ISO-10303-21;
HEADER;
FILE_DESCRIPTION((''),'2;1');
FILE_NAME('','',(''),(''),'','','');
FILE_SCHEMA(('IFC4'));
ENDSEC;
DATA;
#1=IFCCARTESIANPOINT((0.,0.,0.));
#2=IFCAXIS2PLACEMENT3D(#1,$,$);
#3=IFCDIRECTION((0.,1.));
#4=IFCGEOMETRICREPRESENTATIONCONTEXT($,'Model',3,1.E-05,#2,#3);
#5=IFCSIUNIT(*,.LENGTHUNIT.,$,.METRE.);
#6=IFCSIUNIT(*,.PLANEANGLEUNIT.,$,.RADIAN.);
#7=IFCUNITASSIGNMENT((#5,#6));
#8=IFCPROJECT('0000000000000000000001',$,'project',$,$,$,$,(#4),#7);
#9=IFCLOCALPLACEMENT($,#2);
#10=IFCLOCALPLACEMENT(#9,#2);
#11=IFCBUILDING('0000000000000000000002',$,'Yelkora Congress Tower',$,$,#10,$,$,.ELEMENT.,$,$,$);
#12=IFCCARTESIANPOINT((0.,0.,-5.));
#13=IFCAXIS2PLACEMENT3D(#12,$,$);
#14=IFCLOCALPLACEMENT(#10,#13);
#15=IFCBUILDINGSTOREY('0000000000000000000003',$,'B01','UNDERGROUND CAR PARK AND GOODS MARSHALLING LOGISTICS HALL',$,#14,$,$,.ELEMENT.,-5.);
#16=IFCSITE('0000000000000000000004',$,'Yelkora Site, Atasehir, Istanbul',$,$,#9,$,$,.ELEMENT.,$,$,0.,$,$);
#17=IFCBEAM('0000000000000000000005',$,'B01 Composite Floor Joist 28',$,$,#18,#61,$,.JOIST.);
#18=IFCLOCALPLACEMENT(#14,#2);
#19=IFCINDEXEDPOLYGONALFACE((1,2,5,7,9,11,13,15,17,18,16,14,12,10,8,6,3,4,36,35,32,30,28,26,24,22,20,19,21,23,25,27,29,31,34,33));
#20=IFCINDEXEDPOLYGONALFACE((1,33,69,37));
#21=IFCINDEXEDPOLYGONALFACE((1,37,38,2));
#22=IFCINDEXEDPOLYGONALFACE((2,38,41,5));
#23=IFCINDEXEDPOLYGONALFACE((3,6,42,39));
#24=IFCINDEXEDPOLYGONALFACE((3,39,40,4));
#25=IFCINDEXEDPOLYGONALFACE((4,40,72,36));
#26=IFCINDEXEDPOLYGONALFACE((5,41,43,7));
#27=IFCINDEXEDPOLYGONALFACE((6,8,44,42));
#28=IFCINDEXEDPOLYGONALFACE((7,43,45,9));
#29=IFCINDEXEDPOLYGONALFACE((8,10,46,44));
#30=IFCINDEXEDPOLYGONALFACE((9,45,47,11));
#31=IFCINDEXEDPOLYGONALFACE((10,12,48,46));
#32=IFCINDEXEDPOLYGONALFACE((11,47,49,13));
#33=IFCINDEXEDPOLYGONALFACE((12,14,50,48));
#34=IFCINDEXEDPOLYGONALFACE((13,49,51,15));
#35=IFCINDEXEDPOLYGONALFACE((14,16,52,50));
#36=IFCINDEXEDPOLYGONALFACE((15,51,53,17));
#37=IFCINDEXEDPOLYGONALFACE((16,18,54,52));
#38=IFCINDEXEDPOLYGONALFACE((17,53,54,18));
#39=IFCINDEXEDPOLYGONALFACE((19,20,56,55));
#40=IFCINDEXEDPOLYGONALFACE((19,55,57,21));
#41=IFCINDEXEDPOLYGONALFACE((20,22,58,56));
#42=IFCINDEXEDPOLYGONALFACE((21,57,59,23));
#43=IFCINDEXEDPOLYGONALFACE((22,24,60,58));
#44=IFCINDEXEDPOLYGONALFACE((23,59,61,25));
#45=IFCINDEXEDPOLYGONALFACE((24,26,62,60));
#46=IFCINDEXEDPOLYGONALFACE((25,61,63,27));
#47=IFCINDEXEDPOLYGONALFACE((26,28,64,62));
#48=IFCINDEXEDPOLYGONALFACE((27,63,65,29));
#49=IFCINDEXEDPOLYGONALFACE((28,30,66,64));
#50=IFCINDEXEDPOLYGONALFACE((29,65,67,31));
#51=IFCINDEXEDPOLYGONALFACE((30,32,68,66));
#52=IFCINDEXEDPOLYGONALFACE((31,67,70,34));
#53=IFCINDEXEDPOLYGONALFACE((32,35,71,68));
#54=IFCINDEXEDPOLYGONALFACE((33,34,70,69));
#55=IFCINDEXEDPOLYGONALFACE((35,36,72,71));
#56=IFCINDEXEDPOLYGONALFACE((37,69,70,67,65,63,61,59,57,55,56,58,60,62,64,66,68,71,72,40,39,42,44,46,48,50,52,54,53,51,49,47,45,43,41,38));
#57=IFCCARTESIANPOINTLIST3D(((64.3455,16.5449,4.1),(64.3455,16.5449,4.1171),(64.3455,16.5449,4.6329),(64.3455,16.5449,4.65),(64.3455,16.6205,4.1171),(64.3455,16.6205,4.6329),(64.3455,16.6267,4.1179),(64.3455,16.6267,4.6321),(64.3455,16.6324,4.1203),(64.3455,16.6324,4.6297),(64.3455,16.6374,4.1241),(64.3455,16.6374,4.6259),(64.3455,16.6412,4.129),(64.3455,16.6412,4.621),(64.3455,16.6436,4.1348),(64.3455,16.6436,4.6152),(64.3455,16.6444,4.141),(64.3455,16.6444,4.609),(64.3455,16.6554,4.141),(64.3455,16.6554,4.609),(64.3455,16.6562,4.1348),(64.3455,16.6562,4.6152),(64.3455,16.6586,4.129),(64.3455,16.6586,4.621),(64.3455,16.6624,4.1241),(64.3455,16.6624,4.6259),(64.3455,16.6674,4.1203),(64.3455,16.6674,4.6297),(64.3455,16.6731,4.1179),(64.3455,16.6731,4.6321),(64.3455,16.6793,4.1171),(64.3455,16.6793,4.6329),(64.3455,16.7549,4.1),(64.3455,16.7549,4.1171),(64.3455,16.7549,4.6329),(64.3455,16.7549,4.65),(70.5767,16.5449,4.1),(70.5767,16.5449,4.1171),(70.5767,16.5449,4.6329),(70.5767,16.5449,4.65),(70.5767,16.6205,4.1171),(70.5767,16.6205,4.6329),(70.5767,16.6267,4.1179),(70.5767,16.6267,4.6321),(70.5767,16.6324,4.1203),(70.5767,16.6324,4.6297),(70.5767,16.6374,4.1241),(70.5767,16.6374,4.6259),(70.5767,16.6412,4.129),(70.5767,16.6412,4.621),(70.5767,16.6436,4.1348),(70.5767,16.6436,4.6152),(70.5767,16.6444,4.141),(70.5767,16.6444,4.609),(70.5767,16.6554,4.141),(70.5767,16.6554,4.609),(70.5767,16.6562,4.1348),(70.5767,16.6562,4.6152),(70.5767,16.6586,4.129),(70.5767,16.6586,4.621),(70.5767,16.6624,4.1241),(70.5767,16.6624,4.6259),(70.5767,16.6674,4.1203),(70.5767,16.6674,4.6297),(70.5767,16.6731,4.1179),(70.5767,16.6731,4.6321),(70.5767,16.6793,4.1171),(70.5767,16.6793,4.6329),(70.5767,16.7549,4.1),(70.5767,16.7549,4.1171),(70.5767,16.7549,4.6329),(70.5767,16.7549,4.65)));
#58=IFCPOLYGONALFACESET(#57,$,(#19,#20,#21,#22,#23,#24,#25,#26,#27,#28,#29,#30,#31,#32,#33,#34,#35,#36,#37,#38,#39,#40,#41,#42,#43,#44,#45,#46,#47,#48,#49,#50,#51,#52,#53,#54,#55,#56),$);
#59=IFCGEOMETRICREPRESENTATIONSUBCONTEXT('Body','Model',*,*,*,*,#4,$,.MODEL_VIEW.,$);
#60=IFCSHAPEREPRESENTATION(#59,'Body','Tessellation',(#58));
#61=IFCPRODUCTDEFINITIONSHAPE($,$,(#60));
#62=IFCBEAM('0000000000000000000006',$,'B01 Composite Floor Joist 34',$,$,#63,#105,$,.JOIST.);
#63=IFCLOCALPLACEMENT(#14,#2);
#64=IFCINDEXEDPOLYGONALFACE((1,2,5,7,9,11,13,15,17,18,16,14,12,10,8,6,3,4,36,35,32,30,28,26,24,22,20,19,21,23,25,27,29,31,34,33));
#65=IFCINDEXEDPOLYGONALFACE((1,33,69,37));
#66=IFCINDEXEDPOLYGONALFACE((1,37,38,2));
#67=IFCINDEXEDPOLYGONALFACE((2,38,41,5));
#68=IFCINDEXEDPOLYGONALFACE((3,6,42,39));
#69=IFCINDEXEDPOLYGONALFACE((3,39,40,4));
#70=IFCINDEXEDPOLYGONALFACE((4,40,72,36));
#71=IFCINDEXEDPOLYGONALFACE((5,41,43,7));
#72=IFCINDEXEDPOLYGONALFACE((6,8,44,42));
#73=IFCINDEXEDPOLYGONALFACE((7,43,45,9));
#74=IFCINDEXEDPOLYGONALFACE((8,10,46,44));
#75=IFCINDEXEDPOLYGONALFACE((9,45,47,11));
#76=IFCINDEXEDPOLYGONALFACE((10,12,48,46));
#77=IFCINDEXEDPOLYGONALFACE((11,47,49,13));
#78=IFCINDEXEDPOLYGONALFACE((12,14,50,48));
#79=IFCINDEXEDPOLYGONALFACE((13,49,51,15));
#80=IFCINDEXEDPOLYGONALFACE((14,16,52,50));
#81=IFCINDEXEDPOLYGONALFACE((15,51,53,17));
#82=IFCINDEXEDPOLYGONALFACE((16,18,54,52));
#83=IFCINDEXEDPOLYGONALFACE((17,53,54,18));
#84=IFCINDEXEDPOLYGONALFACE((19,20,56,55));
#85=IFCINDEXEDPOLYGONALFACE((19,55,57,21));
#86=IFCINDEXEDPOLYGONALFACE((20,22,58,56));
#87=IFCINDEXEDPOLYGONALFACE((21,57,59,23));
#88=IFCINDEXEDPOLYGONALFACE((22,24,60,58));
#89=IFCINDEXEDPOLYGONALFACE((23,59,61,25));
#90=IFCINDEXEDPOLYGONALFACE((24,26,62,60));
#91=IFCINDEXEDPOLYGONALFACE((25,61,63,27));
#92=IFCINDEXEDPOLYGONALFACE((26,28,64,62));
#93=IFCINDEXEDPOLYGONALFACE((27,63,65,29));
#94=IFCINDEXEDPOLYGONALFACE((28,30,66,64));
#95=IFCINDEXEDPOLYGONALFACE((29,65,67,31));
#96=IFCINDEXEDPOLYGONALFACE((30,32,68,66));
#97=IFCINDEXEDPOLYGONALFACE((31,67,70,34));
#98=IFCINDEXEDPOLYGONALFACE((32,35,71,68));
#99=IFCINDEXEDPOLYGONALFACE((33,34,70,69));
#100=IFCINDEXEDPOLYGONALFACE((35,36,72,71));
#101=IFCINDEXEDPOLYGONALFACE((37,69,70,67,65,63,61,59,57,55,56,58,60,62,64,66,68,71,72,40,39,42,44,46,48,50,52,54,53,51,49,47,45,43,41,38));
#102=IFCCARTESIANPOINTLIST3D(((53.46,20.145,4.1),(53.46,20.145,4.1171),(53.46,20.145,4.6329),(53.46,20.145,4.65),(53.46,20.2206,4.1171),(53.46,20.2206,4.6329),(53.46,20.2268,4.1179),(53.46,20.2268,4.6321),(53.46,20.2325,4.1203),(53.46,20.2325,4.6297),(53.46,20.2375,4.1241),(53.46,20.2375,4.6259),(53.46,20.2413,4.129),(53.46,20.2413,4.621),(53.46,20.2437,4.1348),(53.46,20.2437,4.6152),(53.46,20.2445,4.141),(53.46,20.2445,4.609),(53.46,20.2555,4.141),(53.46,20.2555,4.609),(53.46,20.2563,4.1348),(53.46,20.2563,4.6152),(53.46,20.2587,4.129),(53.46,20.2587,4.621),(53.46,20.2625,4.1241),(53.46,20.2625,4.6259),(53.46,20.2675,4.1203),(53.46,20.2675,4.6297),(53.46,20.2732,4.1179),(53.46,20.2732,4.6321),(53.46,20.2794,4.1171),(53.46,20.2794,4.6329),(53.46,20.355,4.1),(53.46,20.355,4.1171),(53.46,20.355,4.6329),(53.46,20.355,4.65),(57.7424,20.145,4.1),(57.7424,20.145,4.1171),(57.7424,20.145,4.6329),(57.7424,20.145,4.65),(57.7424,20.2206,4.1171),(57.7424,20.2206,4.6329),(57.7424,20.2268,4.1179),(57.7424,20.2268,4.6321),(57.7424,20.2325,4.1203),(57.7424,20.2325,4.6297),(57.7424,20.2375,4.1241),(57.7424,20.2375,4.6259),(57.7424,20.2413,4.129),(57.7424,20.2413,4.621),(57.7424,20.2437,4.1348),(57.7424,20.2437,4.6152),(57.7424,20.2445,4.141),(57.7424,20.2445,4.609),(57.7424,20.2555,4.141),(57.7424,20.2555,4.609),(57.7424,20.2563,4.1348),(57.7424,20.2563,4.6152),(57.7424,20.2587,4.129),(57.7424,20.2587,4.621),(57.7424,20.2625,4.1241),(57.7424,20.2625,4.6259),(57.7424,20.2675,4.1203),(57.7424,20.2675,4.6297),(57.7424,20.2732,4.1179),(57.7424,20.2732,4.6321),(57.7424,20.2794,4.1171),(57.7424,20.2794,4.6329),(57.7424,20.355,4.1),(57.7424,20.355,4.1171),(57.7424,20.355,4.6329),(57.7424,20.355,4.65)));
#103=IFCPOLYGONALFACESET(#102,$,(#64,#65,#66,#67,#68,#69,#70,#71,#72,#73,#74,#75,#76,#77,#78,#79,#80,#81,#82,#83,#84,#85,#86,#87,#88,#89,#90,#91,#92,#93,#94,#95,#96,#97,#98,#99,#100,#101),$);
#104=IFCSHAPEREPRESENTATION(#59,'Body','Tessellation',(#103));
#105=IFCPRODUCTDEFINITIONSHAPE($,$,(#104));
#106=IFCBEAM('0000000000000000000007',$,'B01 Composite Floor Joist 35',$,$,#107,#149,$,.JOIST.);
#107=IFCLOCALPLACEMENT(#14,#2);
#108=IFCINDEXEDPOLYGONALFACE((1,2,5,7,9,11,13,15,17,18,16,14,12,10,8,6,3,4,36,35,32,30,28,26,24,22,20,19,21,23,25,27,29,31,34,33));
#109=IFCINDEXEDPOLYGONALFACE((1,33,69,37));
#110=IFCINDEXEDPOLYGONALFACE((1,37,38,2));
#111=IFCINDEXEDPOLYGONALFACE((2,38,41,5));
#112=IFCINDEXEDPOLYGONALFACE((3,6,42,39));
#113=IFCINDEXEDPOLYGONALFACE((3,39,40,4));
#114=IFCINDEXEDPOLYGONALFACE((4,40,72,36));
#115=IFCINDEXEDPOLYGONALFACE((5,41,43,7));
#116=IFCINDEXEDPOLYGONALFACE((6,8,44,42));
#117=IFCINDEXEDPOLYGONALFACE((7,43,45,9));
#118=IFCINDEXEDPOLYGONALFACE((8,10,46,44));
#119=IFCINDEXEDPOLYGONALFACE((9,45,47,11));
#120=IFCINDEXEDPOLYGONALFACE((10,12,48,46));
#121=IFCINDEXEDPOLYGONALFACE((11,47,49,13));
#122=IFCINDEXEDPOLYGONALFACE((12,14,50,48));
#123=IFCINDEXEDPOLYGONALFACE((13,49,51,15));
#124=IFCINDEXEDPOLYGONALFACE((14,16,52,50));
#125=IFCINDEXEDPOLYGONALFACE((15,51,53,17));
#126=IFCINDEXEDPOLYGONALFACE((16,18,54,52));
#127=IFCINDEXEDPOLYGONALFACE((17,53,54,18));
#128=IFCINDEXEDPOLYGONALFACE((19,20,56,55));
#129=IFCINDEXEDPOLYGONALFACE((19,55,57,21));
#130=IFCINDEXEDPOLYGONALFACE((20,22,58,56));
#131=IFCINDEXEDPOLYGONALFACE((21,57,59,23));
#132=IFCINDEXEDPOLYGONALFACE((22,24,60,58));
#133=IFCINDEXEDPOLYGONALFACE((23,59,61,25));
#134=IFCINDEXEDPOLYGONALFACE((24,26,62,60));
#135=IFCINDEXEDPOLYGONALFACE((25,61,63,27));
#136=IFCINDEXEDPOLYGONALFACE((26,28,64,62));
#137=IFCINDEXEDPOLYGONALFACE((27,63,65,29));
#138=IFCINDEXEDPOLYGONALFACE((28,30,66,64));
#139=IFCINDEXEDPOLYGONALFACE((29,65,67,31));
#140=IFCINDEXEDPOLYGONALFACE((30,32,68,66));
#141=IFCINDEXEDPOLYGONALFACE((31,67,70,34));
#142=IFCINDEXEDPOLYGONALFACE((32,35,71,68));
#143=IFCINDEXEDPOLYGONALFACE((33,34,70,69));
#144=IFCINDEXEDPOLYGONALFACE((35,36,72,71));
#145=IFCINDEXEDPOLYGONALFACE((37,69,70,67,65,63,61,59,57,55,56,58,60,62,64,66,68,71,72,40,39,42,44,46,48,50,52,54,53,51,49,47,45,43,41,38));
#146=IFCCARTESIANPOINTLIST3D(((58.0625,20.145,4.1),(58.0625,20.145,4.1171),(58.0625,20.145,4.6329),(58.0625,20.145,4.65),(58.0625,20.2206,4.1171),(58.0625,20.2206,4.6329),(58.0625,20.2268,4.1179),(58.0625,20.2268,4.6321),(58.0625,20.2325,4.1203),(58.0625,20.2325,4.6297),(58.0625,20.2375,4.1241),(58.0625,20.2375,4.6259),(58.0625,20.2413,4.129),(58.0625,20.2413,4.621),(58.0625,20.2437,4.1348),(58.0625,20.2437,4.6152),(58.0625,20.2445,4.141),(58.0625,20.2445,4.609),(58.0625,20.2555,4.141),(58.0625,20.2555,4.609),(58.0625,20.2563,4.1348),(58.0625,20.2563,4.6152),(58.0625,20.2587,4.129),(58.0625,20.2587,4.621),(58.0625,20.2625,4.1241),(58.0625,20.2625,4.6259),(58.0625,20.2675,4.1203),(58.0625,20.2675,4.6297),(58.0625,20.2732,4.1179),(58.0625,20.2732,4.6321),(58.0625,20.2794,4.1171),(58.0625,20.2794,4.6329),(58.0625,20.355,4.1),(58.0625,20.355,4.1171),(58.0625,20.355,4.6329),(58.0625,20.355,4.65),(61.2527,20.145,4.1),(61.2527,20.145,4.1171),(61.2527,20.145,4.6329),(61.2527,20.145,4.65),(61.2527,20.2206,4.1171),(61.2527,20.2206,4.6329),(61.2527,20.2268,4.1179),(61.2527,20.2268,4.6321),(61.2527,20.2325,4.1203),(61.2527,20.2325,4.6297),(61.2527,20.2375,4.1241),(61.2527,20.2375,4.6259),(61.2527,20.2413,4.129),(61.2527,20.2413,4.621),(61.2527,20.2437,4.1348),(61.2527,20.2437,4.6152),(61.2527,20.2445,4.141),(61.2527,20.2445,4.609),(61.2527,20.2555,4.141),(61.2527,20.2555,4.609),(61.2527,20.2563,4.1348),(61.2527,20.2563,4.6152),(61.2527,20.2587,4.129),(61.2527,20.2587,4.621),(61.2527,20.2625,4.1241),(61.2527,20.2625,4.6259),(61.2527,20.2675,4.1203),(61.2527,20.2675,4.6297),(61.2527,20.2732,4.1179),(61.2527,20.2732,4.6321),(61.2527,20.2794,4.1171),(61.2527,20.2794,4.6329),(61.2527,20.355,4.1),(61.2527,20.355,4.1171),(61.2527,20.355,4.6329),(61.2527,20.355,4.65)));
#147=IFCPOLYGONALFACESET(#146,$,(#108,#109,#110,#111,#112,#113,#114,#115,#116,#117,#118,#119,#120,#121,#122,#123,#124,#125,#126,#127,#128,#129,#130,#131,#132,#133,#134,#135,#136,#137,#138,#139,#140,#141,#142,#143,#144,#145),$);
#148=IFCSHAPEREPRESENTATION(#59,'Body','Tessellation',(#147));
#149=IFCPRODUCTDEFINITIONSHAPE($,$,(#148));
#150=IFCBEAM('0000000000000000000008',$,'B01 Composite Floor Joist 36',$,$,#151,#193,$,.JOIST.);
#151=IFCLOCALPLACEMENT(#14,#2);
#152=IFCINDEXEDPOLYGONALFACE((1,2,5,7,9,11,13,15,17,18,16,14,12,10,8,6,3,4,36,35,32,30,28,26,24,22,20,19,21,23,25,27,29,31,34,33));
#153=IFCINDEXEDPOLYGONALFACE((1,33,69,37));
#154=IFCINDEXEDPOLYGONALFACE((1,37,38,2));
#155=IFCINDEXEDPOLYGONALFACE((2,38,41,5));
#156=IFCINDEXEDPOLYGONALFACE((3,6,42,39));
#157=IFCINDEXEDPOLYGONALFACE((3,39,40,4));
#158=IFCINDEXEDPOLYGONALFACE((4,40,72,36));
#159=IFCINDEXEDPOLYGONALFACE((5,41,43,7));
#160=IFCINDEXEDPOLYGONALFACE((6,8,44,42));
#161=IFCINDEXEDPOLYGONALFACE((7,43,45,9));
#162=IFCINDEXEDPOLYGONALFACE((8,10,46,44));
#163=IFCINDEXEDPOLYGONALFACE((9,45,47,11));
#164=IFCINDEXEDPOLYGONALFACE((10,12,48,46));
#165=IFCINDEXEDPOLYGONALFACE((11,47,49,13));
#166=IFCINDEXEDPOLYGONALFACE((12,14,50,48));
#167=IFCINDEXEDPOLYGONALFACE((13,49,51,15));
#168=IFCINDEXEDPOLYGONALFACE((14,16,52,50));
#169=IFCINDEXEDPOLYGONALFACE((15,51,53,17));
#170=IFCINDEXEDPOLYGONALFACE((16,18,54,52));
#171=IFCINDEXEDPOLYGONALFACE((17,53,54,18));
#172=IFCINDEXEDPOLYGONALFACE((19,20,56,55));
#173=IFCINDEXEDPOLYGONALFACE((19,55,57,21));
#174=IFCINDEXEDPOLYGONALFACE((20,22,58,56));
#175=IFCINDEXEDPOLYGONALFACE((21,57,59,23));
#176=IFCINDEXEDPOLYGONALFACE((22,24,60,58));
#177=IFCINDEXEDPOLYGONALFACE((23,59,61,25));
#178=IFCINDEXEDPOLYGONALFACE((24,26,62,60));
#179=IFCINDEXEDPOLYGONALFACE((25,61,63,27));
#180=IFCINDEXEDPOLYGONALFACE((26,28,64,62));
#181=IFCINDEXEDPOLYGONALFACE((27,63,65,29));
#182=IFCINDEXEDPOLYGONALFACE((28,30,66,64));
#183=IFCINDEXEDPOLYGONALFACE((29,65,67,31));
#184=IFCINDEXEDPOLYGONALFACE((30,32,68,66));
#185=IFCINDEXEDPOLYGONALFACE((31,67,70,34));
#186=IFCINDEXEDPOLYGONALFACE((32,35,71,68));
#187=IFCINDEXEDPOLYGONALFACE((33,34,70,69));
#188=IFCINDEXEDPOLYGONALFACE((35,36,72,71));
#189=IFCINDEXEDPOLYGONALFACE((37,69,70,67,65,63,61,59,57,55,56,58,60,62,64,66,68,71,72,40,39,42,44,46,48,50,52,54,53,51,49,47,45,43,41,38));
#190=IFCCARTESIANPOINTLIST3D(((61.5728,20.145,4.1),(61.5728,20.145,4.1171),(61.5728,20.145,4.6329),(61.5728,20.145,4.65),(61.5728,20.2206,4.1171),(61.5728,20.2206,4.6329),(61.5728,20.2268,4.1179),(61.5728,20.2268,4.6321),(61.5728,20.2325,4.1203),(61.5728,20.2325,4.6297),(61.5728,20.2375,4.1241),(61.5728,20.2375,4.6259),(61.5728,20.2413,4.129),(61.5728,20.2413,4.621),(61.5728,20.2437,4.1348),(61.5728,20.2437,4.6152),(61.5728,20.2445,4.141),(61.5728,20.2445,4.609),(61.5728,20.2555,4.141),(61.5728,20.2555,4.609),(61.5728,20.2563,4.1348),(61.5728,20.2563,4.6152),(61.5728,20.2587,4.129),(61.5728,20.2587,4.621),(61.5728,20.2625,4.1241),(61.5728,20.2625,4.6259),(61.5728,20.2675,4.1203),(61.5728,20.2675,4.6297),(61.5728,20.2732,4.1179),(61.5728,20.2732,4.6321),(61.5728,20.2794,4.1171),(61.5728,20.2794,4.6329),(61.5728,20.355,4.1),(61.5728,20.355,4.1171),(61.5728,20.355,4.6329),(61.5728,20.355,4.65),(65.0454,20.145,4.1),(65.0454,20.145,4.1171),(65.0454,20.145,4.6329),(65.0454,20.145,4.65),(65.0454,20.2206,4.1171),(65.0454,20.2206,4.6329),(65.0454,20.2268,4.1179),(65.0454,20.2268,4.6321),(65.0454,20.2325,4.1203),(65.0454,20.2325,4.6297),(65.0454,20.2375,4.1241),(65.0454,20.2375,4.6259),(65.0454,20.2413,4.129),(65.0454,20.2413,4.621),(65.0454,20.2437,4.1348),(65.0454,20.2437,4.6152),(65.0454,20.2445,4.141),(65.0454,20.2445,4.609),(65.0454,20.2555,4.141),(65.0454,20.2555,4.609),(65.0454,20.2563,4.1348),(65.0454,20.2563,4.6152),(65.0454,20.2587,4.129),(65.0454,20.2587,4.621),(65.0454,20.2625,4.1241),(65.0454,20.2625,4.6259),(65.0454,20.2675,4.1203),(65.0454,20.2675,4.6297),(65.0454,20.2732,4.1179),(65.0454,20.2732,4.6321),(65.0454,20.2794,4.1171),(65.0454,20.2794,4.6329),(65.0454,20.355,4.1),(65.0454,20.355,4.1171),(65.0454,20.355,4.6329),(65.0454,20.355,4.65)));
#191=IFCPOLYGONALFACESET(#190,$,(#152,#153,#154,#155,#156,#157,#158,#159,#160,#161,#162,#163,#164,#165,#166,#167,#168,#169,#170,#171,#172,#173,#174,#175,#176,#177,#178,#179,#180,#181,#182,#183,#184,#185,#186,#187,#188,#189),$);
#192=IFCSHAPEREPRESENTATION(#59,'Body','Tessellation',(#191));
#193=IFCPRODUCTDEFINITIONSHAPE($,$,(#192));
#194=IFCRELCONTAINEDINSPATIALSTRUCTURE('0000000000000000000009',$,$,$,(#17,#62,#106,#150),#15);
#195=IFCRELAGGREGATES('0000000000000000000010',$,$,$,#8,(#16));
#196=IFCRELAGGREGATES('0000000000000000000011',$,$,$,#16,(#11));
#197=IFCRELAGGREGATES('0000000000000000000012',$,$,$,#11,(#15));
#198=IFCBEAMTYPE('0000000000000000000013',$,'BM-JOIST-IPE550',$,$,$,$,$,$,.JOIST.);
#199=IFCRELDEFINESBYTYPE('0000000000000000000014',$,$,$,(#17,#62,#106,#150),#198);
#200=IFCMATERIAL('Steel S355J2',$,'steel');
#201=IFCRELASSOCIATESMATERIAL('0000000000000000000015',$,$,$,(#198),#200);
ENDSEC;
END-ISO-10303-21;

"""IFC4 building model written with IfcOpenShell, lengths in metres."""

from ifc_helpers import new_model, si_unit, direction, frame, origin, origin_2d, place, context, subcontext, project, spatial, i_section, extrude, material, material_profile, profile_set, type_object, element, save


model = new_model("IFC4")

# Units and contexts
model_context = context("Model", 3, precision=1e-05, world=origin(), true_north=direction((0.0, 1.0)))
body_context = subcontext(model_context, "Body", "Model", "MODEL_VIEW")
ifc_project = project(units=[si_unit("LENGTHUNIT", "METRE"), si_unit("PLANEANGLEUNIT", "RADIAN")], contexts=[model_context])

# Site, building, storey
site_placement = place(None, origin())
site = spatial("IfcSite", under=ifc_project, at=site_placement, Name="Yelkora Site, Atasehir, Istanbul", CompositionType="ELEMENT", RefElevation=0.0)
building_placement = place(site_placement, origin())
building = spatial("IfcBuilding", under=site, at=building_placement, Name="Yelkora Congress Tower", CompositionType="ELEMENT")
storey_placement = place(building_placement, frame((0.0, 0.0, -5.0)))
storey = spatial("IfcBuildingStorey", under=building, at=storey_placement, Name="B01", Description="UNDERGROUND CAR PARK AND GOODS MARSHALLING LOGISTICS HALL", CompositionType="ELEMENT", Elevation=-5.0)

# Beams
ifc_material_1 = material(Name="Steel S355J2", Category="steel")
ifc_material_profile_1 = material_profile(ifc_material_1, i_section(OverallWidth=0.21, OverallDepth=0.55, WebThickness=0.011, FlangeThickness=0.0171, FilletRadius=0.0239, at=origin_2d()), Name="IPE 550")
ifc_profile_set_1 = profile_set([ifc_material_profile_1], Name="Steel S355J2")
beam_type_1 = type_object("IfcBeamType", Name="BM-JOIST-IPE550", PredefinedType="JOIST", material=ifc_profile_set_1)
beam_1_placement = place(storey_placement, frame((64.3455, 16.6499, 4.375), z_axis=(1.0, 0.0, 0.0), x_axis=(0.0, 1.0, 0.0)))
element("IfcBeam", 1, at=beam_1_placement, inside=storey, type_object=beam_type_1, Name="B01 Composite Floor Joist 28", PredefinedType="JOIST", context=body_context, shape_type="SweptSolid", body=[
    extrude(i_section(OverallWidth=0.21, OverallDepth=0.55, WebThickness=0.011, FlangeThickness=0.0171, FilletRadius=0.0239, at=origin_2d()), origin(), (0.0, 0.0, 1.0), 6.2312),
])
beam_2_placement = place(storey_placement, frame((53.46, 20.25, 4.375), z_axis=(1.0, 0.0, 0.0), x_axis=(0.0, 1.0, 0.0)))
element("IfcBeam", 2, at=beam_2_placement, inside=storey, type_object=beam_type_1, Name="B01 Composite Floor Joist 34", PredefinedType="JOIST", context=body_context, shape_type="SweptSolid", body=[
    extrude(i_section(OverallWidth=0.21, OverallDepth=0.55, WebThickness=0.011, FlangeThickness=0.0171, FilletRadius=0.0239, at=origin_2d()), origin(), (0.0, 0.0, 1.0), 4.2825),
])
beam_3_placement = place(storey_placement, frame((58.0625, 20.25, 4.375), z_axis=(1.0, 0.0, 0.0), x_axis=(0.0, 1.0, 0.0)))
element("IfcBeam", 3, at=beam_3_placement, inside=storey, type_object=beam_type_1, Name="B01 Composite Floor Joist 35", PredefinedType="JOIST", context=body_context, shape_type="SweptSolid", body=[
    extrude(i_section(OverallWidth=0.21, OverallDepth=0.55, WebThickness=0.011, FlangeThickness=0.0171, FilletRadius=0.0239, at=origin_2d()), origin(), (0.0, 0.0, 1.0), 3.1902),
])
beam_4_placement = place(storey_placement, frame((61.5728, 20.25, 4.375), z_axis=(1.0, 0.0, 0.0), x_axis=(0.0, 1.0, 0.0)))
element("IfcBeam", 4, at=beam_4_placement, inside=storey, type_object=beam_type_1, Name="B01 Composite Floor Joist 36", PredefinedType="JOIST", context=body_context, shape_type="SweptSolid", body=[
    extrude(i_section(OverallWidth=0.21, OverallDepth=0.55, WebThickness=0.011, FlangeThickness=0.0171, FilletRadius=0.0239, at=origin_2d()), origin(), (0.0, 0.0, 1.0), 3.4727),
])

save(model, "model.ifc")
